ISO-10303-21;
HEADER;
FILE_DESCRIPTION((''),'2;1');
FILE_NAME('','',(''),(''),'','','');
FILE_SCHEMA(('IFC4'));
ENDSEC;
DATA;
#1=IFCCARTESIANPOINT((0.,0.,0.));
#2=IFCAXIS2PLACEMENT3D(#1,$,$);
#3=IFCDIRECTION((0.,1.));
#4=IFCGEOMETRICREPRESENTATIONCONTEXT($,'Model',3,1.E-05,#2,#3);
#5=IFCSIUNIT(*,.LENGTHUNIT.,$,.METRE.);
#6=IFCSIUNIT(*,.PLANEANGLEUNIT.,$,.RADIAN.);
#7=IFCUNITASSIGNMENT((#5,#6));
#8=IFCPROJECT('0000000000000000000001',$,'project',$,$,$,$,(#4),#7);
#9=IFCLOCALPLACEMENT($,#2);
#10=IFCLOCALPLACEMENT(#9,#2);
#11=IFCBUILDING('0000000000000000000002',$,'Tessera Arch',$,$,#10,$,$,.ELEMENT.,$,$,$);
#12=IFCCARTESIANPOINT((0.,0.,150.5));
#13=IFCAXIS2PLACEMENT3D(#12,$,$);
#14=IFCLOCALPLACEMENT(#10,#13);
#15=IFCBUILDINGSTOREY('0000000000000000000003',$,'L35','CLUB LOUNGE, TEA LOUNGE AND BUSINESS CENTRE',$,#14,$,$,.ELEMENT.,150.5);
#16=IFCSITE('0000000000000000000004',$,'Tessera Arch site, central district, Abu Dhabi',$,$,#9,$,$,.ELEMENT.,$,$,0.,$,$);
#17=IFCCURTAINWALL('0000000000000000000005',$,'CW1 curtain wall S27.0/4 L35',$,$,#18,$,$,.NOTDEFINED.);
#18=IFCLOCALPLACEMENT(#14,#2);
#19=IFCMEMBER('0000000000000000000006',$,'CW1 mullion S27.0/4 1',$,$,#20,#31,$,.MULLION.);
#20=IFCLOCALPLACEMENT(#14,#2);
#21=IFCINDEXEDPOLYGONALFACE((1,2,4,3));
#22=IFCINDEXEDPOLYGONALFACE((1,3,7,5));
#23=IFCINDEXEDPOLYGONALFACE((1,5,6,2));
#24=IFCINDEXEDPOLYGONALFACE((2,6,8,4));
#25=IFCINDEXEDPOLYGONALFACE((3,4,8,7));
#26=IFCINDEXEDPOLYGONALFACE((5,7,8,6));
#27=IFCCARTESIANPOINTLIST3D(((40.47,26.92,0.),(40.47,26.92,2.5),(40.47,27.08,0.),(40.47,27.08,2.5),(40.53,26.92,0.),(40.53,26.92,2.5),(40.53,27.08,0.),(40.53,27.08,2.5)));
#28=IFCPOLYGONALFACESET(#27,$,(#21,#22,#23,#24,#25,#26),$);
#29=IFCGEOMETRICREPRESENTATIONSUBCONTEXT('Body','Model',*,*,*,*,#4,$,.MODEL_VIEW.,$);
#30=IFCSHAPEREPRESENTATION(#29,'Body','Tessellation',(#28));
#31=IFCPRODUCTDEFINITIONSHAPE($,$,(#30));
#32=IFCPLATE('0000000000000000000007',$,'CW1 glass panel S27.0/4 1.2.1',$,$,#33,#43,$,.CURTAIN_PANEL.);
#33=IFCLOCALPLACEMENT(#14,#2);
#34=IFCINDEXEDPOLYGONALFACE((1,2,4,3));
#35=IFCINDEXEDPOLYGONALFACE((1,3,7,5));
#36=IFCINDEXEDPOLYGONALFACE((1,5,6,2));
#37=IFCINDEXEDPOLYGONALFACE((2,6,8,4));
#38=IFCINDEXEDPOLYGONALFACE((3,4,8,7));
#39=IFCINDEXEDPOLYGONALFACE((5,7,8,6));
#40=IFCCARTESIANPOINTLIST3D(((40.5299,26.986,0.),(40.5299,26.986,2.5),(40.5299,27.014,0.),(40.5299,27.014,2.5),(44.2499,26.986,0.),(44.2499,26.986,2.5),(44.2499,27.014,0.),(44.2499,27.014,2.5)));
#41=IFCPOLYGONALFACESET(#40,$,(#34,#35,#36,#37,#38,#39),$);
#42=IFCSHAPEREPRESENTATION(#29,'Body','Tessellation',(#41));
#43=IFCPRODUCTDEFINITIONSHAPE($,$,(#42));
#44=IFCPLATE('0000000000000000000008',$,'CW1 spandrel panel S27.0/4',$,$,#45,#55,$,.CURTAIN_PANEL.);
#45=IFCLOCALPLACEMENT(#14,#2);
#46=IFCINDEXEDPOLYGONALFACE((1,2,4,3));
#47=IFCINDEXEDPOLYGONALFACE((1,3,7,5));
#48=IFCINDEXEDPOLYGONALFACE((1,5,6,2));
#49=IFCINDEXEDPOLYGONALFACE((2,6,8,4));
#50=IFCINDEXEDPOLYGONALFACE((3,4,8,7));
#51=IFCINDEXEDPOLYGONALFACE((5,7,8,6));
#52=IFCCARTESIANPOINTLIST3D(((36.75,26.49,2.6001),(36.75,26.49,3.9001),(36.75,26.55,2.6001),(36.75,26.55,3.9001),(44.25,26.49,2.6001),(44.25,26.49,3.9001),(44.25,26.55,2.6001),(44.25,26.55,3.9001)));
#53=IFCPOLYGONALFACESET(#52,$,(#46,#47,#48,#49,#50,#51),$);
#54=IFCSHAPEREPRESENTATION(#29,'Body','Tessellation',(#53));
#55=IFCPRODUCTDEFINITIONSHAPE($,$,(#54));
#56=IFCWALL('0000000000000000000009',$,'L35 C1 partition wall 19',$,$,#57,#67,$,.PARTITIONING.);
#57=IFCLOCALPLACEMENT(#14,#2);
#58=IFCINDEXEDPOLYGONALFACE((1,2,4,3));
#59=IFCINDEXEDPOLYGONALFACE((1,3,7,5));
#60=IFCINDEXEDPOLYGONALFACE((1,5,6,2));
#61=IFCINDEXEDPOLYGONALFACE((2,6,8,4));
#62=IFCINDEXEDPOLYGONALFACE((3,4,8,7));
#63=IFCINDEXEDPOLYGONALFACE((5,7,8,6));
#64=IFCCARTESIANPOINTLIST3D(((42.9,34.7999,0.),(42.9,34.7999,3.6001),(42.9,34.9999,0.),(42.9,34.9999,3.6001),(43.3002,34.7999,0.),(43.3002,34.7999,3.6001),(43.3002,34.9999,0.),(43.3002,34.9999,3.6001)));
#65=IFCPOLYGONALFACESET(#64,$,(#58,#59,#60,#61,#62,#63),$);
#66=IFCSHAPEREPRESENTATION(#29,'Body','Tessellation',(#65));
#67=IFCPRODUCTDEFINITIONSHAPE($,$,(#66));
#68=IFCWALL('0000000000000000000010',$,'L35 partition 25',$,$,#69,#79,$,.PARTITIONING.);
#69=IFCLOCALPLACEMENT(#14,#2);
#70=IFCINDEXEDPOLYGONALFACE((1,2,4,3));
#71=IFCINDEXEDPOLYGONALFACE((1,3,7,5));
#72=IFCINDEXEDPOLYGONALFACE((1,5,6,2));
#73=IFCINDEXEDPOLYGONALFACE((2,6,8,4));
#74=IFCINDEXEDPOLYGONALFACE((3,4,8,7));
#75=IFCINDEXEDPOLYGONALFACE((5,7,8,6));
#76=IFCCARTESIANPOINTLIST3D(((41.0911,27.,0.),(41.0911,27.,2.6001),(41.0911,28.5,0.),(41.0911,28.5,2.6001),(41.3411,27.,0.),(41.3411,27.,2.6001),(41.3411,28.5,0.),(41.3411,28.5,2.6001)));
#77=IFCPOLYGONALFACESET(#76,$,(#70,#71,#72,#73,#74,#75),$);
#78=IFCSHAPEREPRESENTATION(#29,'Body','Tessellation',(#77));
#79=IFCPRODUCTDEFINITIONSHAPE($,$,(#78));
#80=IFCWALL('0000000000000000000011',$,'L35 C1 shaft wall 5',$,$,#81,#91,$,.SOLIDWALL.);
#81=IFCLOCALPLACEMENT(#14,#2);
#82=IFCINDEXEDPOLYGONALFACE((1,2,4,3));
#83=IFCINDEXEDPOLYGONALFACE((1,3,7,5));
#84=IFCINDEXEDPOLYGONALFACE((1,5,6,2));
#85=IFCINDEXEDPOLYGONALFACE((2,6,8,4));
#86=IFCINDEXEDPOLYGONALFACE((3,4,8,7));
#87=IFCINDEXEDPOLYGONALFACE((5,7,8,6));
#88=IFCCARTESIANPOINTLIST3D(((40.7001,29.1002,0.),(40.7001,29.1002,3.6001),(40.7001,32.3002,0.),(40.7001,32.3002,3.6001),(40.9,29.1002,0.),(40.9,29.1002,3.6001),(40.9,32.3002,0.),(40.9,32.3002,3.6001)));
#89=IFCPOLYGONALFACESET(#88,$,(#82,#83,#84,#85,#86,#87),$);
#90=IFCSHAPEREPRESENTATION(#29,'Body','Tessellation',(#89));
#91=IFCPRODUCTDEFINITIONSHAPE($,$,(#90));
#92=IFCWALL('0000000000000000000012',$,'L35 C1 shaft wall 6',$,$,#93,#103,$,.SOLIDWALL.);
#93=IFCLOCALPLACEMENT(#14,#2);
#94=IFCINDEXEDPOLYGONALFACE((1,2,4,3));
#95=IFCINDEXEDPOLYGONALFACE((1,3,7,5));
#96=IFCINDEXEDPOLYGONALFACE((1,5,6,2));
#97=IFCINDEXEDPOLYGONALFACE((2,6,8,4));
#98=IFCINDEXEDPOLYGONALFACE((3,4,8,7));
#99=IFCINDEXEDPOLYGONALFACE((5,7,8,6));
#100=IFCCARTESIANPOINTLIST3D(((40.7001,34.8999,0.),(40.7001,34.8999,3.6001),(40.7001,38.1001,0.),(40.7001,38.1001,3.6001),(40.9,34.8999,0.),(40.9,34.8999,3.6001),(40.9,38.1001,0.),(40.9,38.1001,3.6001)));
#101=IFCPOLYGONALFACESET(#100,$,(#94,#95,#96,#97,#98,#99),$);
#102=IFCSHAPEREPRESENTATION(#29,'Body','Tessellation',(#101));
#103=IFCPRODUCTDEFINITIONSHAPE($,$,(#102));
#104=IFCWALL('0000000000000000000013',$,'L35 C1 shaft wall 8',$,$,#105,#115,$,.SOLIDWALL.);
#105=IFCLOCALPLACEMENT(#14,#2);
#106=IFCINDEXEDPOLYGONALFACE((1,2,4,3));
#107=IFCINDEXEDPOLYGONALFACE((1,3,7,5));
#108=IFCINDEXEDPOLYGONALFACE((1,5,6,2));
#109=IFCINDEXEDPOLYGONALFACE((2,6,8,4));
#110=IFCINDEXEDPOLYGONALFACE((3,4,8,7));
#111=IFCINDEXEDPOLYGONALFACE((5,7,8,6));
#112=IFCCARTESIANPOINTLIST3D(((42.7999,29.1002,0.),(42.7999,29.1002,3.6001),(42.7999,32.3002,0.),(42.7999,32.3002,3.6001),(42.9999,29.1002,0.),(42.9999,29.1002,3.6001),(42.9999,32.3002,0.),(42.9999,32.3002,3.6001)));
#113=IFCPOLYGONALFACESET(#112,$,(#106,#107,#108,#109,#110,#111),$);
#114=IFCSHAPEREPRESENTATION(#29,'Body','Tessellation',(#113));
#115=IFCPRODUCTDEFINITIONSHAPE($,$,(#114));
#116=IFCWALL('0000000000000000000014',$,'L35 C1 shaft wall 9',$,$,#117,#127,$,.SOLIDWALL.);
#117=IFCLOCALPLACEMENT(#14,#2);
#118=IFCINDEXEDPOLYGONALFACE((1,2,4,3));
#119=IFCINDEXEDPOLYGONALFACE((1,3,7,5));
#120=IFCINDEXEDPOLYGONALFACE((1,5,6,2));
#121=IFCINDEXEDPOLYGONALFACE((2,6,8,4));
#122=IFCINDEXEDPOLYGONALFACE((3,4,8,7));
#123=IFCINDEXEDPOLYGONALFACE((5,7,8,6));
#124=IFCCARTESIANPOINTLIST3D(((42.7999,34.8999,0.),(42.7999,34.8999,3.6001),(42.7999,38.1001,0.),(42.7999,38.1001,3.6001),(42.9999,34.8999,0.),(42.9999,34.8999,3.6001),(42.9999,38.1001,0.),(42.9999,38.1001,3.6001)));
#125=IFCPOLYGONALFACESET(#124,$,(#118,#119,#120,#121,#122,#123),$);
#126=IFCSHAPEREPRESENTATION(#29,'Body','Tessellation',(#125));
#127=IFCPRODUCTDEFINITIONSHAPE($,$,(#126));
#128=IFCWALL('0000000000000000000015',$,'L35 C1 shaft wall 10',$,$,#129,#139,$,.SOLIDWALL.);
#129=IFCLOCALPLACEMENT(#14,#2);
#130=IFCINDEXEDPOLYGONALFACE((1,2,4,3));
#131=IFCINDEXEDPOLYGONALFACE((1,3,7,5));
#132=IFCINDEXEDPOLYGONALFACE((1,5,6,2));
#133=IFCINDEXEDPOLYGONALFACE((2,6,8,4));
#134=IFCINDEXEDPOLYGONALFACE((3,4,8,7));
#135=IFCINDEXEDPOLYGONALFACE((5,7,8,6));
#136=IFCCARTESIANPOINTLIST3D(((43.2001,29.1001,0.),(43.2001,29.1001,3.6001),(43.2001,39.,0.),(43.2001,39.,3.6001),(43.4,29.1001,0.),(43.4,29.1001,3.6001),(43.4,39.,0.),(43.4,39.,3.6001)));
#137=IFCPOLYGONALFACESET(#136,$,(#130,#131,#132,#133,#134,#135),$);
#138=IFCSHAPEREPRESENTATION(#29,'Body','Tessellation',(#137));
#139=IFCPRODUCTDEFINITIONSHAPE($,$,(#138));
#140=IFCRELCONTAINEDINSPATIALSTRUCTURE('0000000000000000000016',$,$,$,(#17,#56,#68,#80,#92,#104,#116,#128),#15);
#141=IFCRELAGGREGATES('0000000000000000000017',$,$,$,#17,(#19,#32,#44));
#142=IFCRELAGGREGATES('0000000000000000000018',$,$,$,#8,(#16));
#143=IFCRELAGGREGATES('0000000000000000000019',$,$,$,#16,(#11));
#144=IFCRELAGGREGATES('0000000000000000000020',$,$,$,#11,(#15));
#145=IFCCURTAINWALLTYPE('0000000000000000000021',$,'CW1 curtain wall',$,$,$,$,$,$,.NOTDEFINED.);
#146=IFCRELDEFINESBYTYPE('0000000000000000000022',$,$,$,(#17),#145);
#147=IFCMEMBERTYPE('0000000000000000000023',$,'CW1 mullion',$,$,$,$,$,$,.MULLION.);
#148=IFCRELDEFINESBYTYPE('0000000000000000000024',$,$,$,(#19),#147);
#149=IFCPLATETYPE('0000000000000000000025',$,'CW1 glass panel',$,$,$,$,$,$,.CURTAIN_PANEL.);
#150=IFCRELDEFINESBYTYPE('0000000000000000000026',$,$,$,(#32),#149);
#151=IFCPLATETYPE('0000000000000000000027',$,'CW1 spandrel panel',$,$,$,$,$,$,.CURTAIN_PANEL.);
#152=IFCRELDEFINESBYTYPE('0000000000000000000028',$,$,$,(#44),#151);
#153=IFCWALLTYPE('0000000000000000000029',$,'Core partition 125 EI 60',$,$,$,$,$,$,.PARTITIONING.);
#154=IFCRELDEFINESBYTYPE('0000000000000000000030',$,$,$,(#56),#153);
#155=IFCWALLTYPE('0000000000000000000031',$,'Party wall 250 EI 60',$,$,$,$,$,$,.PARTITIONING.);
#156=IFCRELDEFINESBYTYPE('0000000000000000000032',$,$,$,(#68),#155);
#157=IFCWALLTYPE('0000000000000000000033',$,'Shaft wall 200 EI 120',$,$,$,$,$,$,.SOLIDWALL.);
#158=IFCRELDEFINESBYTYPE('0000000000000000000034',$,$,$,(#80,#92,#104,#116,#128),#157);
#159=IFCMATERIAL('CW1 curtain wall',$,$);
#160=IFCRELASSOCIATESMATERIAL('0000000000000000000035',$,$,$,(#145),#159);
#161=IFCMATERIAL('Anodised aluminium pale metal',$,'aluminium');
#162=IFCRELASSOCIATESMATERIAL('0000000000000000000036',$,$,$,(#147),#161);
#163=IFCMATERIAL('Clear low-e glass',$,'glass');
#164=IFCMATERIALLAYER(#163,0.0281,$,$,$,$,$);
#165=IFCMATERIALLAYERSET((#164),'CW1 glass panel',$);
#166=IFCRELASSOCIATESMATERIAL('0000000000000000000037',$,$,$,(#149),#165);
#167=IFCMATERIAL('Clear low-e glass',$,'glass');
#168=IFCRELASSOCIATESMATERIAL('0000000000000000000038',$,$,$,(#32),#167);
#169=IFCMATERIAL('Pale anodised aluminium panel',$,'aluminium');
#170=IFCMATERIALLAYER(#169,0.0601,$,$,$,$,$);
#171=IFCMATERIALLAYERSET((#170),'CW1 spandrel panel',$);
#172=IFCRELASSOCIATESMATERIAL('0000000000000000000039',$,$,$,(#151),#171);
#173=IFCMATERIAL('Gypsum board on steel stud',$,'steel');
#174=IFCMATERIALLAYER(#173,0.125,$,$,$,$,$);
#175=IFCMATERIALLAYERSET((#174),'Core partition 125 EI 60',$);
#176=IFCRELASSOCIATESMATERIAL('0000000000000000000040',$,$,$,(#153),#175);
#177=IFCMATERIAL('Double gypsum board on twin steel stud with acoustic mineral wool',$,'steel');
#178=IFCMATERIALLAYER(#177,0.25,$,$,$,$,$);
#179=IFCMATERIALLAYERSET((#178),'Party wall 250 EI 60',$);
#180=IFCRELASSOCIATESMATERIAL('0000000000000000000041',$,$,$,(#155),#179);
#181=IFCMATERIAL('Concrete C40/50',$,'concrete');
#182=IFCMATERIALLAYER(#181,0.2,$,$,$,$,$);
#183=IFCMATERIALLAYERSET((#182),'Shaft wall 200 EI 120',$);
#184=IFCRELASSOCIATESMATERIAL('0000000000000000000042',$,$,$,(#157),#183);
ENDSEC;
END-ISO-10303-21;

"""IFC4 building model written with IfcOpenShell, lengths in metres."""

from ifc_helpers import new_model, si_unit, direction, frame, frame_2d, origin, origin_2d, place, context, subcontext, project, spatial, rectangle, extrude, material, layer, layer_set, material_profile, profile_set, type_object, element, aggregate, save


model = new_model("IFC4")

# Units and contexts
model_context = context("Model", 3, precision=1e-05, world=origin(), true_north=direction((0.0, 1.0)))
body_context = subcontext(model_context, "Body", "Model", "MODEL_VIEW")
ifc_project = project(units=[si_unit("LENGTHUNIT", "METRE"), si_unit("PLANEANGLEUNIT", "RADIAN")], contexts=[model_context])

# Site, building, storey
site_placement = place(None, origin())
site = spatial("IfcSite", under=ifc_project, at=site_placement, Name="Tessera Arch site, central district, Abu Dhabi", CompositionType="ELEMENT", RefElevation=0.0)
building_placement = place(site_placement, origin())
building = spatial("IfcBuilding", under=site, at=building_placement, Name="Tessera Arch", CompositionType="ELEMENT")
storey_placement = place(building_placement, frame((0.0, 0.0, 150.5)))
storey = spatial("IfcBuildingStorey", under=building, at=storey_placement, Name="L35", Description="CLUB LOUNGE, TEA LOUNGE AND BUSINESS CENTRE", CompositionType="ELEMENT", Elevation=150.5)

# Curtain wall, member, plates
ifc_material_1 = material(Name="CW1 curtain wall")
curtain_wall_type = type_object("IfcCurtainWallType", Name="CW1 curtain wall", PredefinedType="NOTDEFINED", material=ifc_material_1)
curtain_wall_placement = place(storey_placement, origin())
curtain_wall = element("IfcCurtainWall", 1, at=curtain_wall_placement, inside=storey, type_object=curtain_wall_type, Name="CW1 curtain wall S27.0/4 L35", PredefinedType="NOTDEFINED")
ifc_material_2 = material(Name="Anodised aluminium pale metal", Category="aluminium")
ifc_material_profile = material_profile(ifc_material_2, rectangle(XDim=0.1599, YDim=0.0601, at=origin_2d()), Name="AL 60x160")
ifc_profile_set = profile_set([ifc_material_profile], Name="Anodised aluminium pale metal")
member_type = type_object("IfcMemberType", Name="CW1 mullion", PredefinedType="MULLION", material=ifc_profile_set)
member_placement = place(storey_placement, frame((40.5, 27.0, 0.0), z_axis=(0.0, 0.0, 1.0), x_axis=(0.0, 1.0, 0.0)))
member = element("IfcMember", 2, at=member_placement, type_object=member_type, Name="CW1 mullion S27.0/4 1", PredefinedType="MULLION", context=body_context, shape_type="SweptSolid", body=[
    extrude(rectangle(XDim=0.1599, YDim=0.0601, at=origin_2d()), origin(), (0.0, 0.0, 1.0), 2.5),
])
ifc_material_3 = material(Name="Clear low-e glass", Category="glass")
ifc_material_4 = material(Name="Clear low-e glass", Category="glass")
ifc_layer_1 = layer(ifc_material_4, 0.0281)
ifc_layer_set_1 = layer_set([ifc_layer_1], Name="CW1 glass panel")
plate_type_1 = type_object("IfcPlateType", Name="CW1 glass panel", PredefinedType="CURTAIN_PANEL", material=ifc_layer_set_1)
plate_1_placement = place(storey_placement, frame((42.3899, 27.0, 0.0), z_axis=(0.0, 0.0, 1.0), x_axis=(1.0, 0.0, 0.0)))
plate_1 = element("IfcPlate", 3, at=plate_1_placement, type_object=plate_type_1, material=ifc_material_3, Name="CW1 glass panel S27.0/4 1.2.1", PredefinedType="CURTAIN_PANEL", context=body_context, shape_type="SweptSolid", body=[
    extrude(rectangle(XDim=3.72, YDim=0.0281, at=origin_2d()), origin(), (0.0, 0.0, 1.0), 2.5),
])
ifc_material_5 = material(Name="Pale anodised aluminium panel", Category="aluminium")
ifc_layer_2 = layer(ifc_material_5, 0.0601)
ifc_layer_set_2 = layer_set([ifc_layer_2], Name="CW1 spandrel panel")
plate_type_2 = type_object("IfcPlateType", Name="CW1 spandrel panel", PredefinedType="CURTAIN_PANEL", material=ifc_layer_set_2)
plate_2_placement = place(storey_placement, frame((40.5, 26.52, 2.6001), z_axis=(0.0, 0.0, 1.0), x_axis=(1.0, 0.0, 0.0)))
plate_2 = element("IfcPlate", 4, at=plate_2_placement, type_object=plate_type_2, Name="CW1 spandrel panel S27.0/4", PredefinedType="CURTAIN_PANEL", context=body_context, shape_type="SweptSolid", body=[
    extrude(rectangle(XDim=7.5, YDim=0.0601, at=origin_2d()), origin(), (0.0, 0.0, 1.0), 1.3),
])
aggregate(curtain_wall, [member, plate_1, plate_2])

# Walls
ifc_material_6 = material(Name="Gypsum board on steel stud", Category="steel")
ifc_layer_3 = layer(ifc_material_6, 0.125)
ifc_layer_set_3 = layer_set([ifc_layer_3], Name="Core partition 125 EI 60")
wall_type_1 = type_object("IfcWallType", Name="Core partition 125 EI 60", PredefinedType="PARTITIONING", material=ifc_layer_set_3)
wall_1_placement = place(storey_placement, frame((42.8999, 34.8999, 0.0), z_axis=(0.0, 0.0, 1.0), x_axis=(1.0, 0.0, 0.0)))
element("IfcWall", 5, at=wall_1_placement, inside=storey, type_object=wall_type_1, Name="L35 C1 partition wall 19", PredefinedType="PARTITIONING", context=body_context, shape_type="SweptSolid", body=[
    extrude(rectangle(XDim=0.4001, YDim=0.2, at=frame_2d((0.2002, 0.0))), origin(), (0.0, 0.0, 1.0), 3.6001),
])
ifc_material_7 = material(Name="Double gypsum board on twin steel stud with acoustic mineral wool", Category="steel")
ifc_layer_4 = layer(ifc_material_7, 0.25)
ifc_layer_set_4 = layer_set([ifc_layer_4], Name="Party wall 250 EI 60")
wall_type_2 = type_object("IfcWallType", Name="Party wall 250 EI 60", PredefinedType="PARTITIONING", material=ifc_layer_set_4)
wall_2_placement = place(storey_placement, frame((41.2161, 27.0, 0.0), z_axis=(0.0, 0.0, 1.0), x_axis=(0.0, 1.0, 0.0)))
element("IfcWall", 6, at=wall_2_placement, inside=storey, type_object=wall_type_2, Name="L35 partition 25", PredefinedType="PARTITIONING", context=body_context, shape_type="SweptSolid", body=[
    extrude(rectangle(XDim=1.5, YDim=0.25, at=frame_2d((0.75, 0.0))), origin(), (0.0, 0.0, 1.0), 2.6001),
])
ifc_material_8 = material(Name="Concrete C40/50", Category="concrete")
ifc_layer_5 = layer(ifc_material_8, 0.2)
ifc_layer_set_5 = layer_set([ifc_layer_5], Name="Shaft wall 200 EI 120")
wall_type_3 = type_object("IfcWallType", Name="Shaft wall 200 EI 120", PredefinedType="SOLIDWALL", material=ifc_layer_set_5)
wall_3_placement = place(storey_placement, frame((40.8, 29.1001, 0.0), z_axis=(0.0, 0.0, 1.0), x_axis=(0.0, 1.0, 0.0)))
element("IfcWall", 7, at=wall_3_placement, inside=storey, type_object=wall_type_3, Name="L35 C1 shaft wall 5", PredefinedType="SOLIDWALL", context=body_context, shape_type="SweptSolid", body=[
    extrude(rectangle(XDim=3.2, YDim=0.2, at=frame_2d((1.6001, 0.0))), origin(), (0.0, 0.0, 1.0), 3.6001),
])
wall_4_placement = place(storey_placement, frame((40.8, 34.8999, 0.0), z_axis=(0.0, 0.0, 1.0), x_axis=(0.0, 1.0, 0.0)))
element("IfcWall", 8, at=wall_4_placement, inside=storey, type_object=wall_type_3, Name="L35 C1 shaft wall 6", PredefinedType="SOLIDWALL", context=body_context, shape_type="SweptSolid", body=[
    extrude(rectangle(XDim=3.2002, YDim=0.2, at=frame_2d((1.6001, 0.0))), origin(), (0.0, 0.0, 1.0), 3.6001),
])
wall_5_placement = place(storey_placement, frame((42.8999, 29.1001, 0.0), z_axis=(0.0, 0.0, 1.0), x_axis=(0.0, 1.0, 0.0)))
element("IfcWall", 9, at=wall_5_placement, inside=storey, type_object=wall_type_3, Name="L35 C1 shaft wall 8", PredefinedType="SOLIDWALL", context=body_context, shape_type="SweptSolid", body=[
    extrude(rectangle(XDim=3.2, YDim=0.2, at=frame_2d((1.6001, 0.0))), origin(), (0.0, 0.0, 1.0), 3.6001),
])
wall_6_placement = place(storey_placement, frame((42.8999, 34.8999, 0.0), z_axis=(0.0, 0.0, 1.0), x_axis=(0.0, 1.0, 0.0)))
element("IfcWall", 10, at=wall_6_placement, inside=storey, type_object=wall_type_3, Name="L35 C1 shaft wall 9", PredefinedType="SOLIDWALL", context=body_context, shape_type="SweptSolid", body=[
    extrude(rectangle(XDim=3.2002, YDim=0.2, at=frame_2d((1.6001, 0.0))), origin(), (0.0, 0.0, 1.0), 3.6001),
])
wall_7_placement = place(storey_placement, frame((43.3, 29.1001, 0.0), z_axis=(0.0, 0.0, 1.0), x_axis=(0.0, 1.0, 0.0)))
element("IfcWall", 11, at=wall_7_placement, inside=storey, type_object=wall_type_3, Name="L35 C1 shaft wall 10", PredefinedType="SOLIDWALL", context=body_context, shape_type="SweptSolid", body=[
    extrude(rectangle(XDim=9.8999, YDim=0.2, at=frame_2d((4.95, 0.0))), origin(), (0.0, 0.0, 1.0), 3.6001),
])

save(model, "model.ifc")
